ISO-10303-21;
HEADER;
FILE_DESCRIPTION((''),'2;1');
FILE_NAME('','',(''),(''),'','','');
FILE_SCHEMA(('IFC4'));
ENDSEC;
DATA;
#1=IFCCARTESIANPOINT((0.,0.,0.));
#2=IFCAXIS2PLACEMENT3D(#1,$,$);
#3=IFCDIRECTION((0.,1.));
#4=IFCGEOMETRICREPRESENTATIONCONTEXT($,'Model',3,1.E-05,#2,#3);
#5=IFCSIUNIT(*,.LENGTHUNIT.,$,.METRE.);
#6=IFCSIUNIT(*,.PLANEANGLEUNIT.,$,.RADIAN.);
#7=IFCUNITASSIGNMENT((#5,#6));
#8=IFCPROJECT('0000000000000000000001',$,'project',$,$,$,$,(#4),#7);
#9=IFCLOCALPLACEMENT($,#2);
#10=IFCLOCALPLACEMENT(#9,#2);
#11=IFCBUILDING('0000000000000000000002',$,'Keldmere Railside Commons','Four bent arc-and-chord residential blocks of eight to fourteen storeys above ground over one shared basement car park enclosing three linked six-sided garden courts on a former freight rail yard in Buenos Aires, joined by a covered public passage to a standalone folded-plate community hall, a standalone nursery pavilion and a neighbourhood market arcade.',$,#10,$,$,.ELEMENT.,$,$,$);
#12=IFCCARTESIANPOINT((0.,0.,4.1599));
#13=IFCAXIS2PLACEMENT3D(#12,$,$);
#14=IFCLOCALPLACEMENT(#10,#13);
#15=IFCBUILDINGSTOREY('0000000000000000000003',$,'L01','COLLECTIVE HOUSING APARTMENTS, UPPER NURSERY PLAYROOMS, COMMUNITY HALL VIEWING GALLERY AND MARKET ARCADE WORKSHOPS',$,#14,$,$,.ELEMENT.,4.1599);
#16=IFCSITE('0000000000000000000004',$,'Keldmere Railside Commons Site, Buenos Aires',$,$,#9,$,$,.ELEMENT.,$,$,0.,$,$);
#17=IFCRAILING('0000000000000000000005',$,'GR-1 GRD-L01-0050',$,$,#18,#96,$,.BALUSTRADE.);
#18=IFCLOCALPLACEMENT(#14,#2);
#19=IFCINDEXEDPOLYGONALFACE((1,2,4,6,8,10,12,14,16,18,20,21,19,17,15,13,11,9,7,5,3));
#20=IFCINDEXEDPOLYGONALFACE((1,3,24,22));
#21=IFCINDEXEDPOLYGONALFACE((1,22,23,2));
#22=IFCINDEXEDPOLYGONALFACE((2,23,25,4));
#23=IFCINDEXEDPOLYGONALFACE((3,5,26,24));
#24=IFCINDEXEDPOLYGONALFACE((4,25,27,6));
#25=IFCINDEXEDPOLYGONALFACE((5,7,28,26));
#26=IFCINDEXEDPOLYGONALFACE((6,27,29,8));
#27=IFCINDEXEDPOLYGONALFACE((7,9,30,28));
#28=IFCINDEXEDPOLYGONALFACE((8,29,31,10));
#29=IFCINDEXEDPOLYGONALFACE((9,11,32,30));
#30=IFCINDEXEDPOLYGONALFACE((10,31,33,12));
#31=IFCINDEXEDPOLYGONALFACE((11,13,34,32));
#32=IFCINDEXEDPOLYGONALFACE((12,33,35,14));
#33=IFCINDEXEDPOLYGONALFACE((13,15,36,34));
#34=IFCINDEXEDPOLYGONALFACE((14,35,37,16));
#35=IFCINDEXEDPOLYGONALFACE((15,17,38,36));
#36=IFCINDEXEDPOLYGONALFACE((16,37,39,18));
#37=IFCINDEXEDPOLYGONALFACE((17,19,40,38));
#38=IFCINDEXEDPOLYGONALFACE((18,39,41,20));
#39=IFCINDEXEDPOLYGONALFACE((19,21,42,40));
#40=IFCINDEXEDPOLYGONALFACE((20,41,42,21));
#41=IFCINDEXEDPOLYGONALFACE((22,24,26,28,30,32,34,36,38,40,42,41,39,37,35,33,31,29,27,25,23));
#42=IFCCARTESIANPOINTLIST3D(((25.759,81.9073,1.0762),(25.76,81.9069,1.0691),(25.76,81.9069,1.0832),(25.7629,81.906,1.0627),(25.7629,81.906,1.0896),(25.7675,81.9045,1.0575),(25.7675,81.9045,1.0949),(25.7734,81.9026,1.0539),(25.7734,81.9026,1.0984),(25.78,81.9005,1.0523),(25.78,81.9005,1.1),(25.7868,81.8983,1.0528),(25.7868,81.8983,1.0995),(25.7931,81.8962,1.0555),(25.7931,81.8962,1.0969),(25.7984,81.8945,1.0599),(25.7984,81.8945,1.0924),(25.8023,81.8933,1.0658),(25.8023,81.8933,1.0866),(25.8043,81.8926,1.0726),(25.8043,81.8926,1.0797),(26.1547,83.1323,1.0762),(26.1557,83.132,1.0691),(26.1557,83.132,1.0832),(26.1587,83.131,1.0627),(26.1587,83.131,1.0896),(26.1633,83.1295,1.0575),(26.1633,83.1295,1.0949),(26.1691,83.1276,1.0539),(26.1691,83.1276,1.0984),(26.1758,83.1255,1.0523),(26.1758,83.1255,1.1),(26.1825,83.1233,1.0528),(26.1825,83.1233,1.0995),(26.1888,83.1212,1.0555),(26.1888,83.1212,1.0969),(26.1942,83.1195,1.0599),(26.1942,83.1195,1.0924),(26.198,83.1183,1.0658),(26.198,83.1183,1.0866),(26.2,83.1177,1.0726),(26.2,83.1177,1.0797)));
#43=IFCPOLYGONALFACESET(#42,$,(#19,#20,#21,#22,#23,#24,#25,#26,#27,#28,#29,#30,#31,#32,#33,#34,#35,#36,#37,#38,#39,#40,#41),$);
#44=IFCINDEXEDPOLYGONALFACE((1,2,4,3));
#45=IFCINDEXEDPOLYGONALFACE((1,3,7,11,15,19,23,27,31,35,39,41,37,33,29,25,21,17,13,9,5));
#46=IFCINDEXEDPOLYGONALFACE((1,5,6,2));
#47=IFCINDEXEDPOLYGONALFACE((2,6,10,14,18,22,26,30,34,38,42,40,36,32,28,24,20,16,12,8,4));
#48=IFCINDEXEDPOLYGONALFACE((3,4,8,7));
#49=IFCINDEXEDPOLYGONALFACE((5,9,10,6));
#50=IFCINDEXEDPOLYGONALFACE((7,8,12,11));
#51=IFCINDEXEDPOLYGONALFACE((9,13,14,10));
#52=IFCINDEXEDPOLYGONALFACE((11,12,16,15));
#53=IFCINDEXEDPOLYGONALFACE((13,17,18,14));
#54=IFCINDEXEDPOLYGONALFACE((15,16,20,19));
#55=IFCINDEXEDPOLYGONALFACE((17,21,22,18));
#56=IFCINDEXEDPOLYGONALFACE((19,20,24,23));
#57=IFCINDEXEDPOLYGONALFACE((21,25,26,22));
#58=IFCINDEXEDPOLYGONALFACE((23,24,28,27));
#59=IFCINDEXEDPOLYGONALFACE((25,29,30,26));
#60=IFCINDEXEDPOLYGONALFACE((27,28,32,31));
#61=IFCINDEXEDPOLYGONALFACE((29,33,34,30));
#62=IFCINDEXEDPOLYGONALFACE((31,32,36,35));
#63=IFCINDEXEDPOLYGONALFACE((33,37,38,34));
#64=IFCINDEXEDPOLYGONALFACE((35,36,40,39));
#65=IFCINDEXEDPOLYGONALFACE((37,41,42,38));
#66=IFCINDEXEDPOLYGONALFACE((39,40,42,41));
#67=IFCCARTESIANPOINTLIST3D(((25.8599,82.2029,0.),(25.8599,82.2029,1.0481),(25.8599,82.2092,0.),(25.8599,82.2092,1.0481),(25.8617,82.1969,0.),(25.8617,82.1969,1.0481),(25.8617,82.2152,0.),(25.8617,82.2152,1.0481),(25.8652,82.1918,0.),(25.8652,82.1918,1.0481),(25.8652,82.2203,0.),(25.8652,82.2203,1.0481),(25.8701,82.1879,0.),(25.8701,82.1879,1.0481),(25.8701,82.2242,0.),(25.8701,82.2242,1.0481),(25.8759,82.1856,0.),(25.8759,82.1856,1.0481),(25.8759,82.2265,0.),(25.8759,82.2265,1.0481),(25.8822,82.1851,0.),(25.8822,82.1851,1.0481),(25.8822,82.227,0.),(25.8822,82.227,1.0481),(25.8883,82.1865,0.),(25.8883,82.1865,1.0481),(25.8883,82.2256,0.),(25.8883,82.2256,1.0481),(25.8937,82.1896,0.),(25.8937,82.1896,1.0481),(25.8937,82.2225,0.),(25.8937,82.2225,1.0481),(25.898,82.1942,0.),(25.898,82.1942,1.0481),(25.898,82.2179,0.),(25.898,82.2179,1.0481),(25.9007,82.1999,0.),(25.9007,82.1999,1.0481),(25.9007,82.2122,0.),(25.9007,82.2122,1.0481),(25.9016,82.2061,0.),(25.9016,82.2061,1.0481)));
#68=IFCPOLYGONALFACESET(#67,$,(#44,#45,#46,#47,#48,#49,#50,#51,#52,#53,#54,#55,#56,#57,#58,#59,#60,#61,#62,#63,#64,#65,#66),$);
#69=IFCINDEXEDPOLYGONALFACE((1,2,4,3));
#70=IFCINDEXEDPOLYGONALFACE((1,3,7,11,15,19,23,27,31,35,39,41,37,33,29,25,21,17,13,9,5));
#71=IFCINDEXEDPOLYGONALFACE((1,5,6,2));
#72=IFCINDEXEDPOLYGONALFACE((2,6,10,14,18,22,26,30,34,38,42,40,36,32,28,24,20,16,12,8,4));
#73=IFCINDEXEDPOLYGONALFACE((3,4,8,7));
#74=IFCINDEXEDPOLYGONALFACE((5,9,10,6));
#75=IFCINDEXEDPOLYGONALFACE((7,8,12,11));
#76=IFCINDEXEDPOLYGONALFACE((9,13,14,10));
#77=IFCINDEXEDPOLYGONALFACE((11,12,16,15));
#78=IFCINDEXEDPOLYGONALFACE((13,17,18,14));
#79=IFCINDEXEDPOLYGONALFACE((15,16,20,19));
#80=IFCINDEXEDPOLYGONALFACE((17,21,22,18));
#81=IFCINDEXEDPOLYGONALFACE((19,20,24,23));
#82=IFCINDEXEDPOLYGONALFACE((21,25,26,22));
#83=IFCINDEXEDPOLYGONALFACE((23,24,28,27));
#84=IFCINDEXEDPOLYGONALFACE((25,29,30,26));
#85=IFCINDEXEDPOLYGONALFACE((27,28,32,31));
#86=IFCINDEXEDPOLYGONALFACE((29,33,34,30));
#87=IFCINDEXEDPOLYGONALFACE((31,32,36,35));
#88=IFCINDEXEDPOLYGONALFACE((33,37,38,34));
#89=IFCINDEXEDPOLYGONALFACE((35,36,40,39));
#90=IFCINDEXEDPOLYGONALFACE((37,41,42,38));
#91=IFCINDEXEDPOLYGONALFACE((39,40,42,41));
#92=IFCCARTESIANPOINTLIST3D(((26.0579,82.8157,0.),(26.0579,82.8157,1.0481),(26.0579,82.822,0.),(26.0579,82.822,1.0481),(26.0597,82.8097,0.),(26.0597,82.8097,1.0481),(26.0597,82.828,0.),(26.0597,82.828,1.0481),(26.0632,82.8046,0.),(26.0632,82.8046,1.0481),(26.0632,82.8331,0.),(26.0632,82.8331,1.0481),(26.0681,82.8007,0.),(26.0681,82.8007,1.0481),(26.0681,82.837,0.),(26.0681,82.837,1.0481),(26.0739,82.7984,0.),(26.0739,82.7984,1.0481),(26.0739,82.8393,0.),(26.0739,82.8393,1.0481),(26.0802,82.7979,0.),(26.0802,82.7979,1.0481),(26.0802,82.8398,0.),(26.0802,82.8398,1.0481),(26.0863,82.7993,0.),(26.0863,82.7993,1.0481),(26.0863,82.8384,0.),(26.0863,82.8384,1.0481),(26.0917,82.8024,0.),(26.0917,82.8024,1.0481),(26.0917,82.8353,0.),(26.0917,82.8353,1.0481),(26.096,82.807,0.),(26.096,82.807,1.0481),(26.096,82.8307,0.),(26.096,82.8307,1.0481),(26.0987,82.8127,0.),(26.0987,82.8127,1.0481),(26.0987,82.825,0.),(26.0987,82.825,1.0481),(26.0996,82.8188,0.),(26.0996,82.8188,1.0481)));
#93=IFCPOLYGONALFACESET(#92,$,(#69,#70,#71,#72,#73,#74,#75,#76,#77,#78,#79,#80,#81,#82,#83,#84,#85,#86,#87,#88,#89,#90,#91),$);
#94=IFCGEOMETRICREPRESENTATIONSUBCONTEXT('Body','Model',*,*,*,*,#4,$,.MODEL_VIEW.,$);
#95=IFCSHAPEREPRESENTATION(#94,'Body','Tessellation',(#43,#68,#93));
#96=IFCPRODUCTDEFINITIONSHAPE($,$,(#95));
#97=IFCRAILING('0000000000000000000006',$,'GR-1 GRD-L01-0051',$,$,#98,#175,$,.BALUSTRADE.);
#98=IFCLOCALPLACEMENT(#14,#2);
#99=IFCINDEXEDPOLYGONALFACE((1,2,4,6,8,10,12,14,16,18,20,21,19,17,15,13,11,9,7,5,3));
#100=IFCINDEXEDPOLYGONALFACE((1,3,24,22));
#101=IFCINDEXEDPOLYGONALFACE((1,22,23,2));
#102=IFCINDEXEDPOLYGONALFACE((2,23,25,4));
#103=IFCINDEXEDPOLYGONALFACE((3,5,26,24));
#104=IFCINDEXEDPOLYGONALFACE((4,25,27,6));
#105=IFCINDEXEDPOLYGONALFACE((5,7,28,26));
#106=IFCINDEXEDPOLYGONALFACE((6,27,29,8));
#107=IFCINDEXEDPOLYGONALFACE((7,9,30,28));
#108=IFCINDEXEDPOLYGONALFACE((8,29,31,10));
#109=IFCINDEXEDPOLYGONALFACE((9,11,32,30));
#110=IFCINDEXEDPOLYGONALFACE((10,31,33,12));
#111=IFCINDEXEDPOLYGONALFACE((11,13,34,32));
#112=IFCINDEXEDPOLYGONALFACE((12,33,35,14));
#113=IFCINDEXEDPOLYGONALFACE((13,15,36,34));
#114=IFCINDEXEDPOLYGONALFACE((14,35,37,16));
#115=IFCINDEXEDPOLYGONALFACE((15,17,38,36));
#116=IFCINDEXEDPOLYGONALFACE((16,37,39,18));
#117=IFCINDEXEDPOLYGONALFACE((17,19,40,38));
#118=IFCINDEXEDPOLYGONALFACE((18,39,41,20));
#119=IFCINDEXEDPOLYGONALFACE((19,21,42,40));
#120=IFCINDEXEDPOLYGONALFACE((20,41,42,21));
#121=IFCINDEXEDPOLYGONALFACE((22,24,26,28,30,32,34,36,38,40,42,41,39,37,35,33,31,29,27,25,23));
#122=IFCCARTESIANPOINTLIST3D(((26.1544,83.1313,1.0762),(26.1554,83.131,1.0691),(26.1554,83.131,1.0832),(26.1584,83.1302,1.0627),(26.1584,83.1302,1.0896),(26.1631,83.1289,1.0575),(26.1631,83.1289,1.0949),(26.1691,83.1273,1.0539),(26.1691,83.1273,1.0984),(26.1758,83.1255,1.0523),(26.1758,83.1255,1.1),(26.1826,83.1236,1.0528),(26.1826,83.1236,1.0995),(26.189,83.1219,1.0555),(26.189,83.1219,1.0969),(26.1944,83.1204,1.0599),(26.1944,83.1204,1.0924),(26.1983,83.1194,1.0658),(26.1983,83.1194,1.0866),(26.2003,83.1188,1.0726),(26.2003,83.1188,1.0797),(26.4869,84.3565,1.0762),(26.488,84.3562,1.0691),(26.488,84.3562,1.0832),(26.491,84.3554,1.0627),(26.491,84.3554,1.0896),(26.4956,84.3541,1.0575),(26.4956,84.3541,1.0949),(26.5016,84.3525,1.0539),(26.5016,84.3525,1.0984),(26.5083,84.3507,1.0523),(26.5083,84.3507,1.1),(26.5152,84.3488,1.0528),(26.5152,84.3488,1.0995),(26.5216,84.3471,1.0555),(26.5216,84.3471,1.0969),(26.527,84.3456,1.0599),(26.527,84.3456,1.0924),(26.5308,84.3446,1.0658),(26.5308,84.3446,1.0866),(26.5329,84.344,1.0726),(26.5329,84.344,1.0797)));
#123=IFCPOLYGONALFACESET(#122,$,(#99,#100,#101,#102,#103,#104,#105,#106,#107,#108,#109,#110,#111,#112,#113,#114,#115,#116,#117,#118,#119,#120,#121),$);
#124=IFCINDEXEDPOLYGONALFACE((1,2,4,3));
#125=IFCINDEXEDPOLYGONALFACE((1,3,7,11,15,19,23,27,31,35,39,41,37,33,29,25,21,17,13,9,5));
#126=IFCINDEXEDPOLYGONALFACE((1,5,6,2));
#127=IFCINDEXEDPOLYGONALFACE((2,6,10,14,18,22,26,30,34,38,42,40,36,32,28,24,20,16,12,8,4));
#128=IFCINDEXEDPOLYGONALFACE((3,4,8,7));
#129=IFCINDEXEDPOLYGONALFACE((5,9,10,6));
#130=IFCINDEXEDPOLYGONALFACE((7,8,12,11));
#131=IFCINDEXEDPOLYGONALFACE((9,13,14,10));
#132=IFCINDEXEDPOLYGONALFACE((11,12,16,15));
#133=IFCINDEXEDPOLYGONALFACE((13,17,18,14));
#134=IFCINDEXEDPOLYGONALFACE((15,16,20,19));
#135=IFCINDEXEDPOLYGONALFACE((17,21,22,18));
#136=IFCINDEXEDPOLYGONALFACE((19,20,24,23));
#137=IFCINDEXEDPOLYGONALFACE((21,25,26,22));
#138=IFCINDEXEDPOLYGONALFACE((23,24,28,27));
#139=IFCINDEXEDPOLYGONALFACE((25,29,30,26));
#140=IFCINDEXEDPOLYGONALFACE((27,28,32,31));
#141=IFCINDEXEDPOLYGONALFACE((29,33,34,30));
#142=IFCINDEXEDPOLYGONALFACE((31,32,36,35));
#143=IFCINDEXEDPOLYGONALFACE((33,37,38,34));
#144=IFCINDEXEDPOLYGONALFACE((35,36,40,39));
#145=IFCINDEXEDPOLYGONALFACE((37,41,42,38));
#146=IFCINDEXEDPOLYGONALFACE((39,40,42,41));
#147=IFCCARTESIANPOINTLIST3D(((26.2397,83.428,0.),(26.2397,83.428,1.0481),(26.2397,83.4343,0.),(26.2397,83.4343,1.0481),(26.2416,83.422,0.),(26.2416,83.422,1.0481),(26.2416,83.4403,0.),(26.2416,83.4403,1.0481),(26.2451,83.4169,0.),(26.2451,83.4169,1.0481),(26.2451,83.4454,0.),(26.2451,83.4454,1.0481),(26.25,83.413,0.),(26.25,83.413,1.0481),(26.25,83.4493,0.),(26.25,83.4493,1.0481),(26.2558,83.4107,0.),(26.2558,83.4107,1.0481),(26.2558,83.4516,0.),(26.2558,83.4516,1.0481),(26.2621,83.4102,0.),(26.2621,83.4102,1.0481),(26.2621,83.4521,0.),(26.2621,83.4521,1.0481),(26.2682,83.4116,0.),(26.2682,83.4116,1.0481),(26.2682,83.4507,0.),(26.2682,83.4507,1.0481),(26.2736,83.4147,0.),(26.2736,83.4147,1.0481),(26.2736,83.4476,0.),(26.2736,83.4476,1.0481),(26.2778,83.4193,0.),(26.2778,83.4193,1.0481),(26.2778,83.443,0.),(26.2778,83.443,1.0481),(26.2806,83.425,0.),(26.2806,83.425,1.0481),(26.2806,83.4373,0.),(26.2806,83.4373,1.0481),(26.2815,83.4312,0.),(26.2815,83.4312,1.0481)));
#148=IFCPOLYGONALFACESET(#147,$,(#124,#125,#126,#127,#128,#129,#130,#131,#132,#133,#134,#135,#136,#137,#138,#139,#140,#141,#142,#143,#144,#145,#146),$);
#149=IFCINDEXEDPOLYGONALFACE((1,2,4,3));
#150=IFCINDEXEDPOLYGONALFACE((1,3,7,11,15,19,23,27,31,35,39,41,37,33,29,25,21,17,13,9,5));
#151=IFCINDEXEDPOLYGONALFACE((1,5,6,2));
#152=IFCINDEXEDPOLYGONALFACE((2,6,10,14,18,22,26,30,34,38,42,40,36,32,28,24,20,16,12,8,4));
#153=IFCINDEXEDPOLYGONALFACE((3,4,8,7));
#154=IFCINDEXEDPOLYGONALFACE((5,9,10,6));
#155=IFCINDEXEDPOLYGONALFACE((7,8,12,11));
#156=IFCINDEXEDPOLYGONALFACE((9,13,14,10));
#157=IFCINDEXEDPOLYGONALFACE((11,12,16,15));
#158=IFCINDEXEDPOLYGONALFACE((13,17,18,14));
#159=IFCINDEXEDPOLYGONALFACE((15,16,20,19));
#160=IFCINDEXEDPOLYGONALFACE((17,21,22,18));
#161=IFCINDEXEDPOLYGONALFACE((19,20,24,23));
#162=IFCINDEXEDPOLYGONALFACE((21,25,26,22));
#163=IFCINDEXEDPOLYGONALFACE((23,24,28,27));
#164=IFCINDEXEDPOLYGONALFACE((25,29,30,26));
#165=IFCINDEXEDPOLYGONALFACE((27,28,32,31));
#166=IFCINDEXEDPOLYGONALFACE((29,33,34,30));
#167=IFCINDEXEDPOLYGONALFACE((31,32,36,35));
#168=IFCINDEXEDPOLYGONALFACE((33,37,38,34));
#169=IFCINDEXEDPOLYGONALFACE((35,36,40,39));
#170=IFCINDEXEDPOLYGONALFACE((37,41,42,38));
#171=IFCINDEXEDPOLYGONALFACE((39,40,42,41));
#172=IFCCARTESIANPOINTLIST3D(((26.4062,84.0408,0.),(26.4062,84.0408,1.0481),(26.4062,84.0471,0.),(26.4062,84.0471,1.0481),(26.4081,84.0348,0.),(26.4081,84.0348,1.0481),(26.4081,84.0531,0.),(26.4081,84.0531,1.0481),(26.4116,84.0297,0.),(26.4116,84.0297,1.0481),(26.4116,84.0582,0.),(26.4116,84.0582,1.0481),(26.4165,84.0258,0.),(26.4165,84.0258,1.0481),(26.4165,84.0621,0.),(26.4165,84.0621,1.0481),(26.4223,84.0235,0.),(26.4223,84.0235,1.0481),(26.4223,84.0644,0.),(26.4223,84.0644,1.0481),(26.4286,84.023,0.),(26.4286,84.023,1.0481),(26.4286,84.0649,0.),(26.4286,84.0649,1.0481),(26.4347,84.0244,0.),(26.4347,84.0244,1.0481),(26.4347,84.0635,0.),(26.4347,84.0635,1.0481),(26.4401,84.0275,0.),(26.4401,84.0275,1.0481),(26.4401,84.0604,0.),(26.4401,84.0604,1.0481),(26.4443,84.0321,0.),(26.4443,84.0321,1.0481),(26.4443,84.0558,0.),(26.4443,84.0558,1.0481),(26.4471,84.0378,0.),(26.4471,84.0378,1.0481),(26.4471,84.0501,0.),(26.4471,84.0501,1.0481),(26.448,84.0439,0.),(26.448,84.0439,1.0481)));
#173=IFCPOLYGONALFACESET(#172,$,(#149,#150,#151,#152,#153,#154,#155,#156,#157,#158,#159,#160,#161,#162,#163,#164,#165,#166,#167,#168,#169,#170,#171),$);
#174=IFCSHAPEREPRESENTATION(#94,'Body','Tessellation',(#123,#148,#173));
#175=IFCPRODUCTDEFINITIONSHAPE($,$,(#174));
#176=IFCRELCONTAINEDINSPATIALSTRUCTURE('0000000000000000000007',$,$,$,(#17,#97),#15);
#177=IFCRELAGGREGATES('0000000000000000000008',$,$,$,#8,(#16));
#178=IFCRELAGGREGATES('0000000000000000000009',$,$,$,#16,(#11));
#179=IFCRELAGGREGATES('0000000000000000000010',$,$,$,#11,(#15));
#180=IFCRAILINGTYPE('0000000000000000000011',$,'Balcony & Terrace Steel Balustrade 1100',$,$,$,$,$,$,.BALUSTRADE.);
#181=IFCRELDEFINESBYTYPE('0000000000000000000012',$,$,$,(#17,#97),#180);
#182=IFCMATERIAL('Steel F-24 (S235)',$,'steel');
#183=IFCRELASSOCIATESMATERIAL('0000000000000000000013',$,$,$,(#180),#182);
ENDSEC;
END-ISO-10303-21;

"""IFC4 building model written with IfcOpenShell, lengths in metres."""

from ifc_helpers import new_model, si_unit, direction, frame, origin, origin_2d, place, context, subcontext, project, spatial, circle, extrude, material, type_object, element, save


model = new_model("IFC4")

# Units and contexts
model_context = context("Model", 3, precision=1e-05, world=origin(), true_north=direction((0.0, 1.0)))
body_context = subcontext(model_context, "Body", "Model", "MODEL_VIEW")
ifc_project = project(units=[si_unit("LENGTHUNIT", "METRE"), si_unit("PLANEANGLEUNIT", "RADIAN")], contexts=[model_context])

# Site, building, storey
site_placement = place(None, origin())
site = spatial("IfcSite", under=ifc_project, at=site_placement, Name="Keldmere Railside Commons Site, Buenos Aires", CompositionType="ELEMENT", RefElevation=0.0)
building_placement = place(site_placement, origin())
building = spatial("IfcBuilding", under=site, at=building_placement, Name="Keldmere Railside Commons", Description="Four bent arc-and-chord residential blocks of eight to fourteen storeys above ground over one shared basement car park enclosing three linked six-sided garden courts on a former freight rail yard in Buenos Aires, joined by a covered public passage to a standalone folded-plate community hall, a standalone nursery pavilion and a neighbourhood market arcade.", CompositionType="ELEMENT")
storey_placement = place(building_placement, frame((0.0, 0.0, 4.1599)))
storey = spatial("IfcBuildingStorey", under=building, at=storey_placement, Name="L01", Description="COLLECTIVE HOUSING APARTMENTS, UPPER NURSERY PLAYROOMS, COMMUNITY HALL VIEWING GALLERY AND MARKET ARCADE WORKSHOPS", CompositionType="ELEMENT", Elevation=4.1599)

# Railings
ifc_material_1 = material(Name="Steel F-24 (S235)", Category="steel")
railing_type = type_object("IfcRailingType", Name="Balcony & Terrace Steel Balustrade 1100", PredefinedType="BALUSTRADE", material=ifc_material_1)
railing_1_placement = place(storey_placement, frame((25.7817, 81.8999, 0.0)))
element("IfcRailing", 1, at=railing_1_placement, inside=storey, type_object=railing_type, Name="GR-1 GRD-L01-0050", PredefinedType="BALUSTRADE", context=body_context, shape_type="SweptSolid", body=[
    extrude(circle(Radius=0.0239, at=origin_2d()), frame((0.0, 0.0, 1.0762), z_axis=(0.307396, 0.951582, 0.0), x_axis=(-0.951582, 0.307396, 0.0)), (0.0, 0.0, 1.0), 1.2874),
    extrude(circle(Radius=0.021, at=origin_2d()), frame((0.0989, 0.3062, 0.0)), (0.0, 0.0, 1.0), 1.0481),
    extrude(circle(Radius=0.021, at=origin_2d()), frame((0.2969, 0.9189, 0.0)), (0.0, 0.0, 1.0), 1.0481),
])
railing_2_placement = place(storey_placement, frame((26.1775, 83.125, 0.0)))
element("IfcRailing", 2, at=railing_2_placement, inside=storey, type_object=railing_type, Name="GR-1 GRD-L01-0051", PredefinedType="BALUSTRADE", context=body_context, shape_type="SweptSolid", body=[
    extrude(circle(Radius=0.0239, at=origin_2d()), frame((0.0, 0.0, 1.0762), z_axis=(0.261946, 0.965083, 0.0), x_axis=(-0.965083, 0.261946, 0.0)), (0.0, 0.0, 1.0), 1.2695),
    extrude(circle(Radius=0.021, at=origin_2d()), frame((0.083, 0.3062, 0.0)), (0.0, 0.0, 1.0), 1.0481),
    extrude(circle(Radius=0.021, at=origin_2d()), frame((0.2495, 0.9189, 0.0)), (0.0, 0.0, 1.0), 1.0481),
])

save(model, "model.ifc")
